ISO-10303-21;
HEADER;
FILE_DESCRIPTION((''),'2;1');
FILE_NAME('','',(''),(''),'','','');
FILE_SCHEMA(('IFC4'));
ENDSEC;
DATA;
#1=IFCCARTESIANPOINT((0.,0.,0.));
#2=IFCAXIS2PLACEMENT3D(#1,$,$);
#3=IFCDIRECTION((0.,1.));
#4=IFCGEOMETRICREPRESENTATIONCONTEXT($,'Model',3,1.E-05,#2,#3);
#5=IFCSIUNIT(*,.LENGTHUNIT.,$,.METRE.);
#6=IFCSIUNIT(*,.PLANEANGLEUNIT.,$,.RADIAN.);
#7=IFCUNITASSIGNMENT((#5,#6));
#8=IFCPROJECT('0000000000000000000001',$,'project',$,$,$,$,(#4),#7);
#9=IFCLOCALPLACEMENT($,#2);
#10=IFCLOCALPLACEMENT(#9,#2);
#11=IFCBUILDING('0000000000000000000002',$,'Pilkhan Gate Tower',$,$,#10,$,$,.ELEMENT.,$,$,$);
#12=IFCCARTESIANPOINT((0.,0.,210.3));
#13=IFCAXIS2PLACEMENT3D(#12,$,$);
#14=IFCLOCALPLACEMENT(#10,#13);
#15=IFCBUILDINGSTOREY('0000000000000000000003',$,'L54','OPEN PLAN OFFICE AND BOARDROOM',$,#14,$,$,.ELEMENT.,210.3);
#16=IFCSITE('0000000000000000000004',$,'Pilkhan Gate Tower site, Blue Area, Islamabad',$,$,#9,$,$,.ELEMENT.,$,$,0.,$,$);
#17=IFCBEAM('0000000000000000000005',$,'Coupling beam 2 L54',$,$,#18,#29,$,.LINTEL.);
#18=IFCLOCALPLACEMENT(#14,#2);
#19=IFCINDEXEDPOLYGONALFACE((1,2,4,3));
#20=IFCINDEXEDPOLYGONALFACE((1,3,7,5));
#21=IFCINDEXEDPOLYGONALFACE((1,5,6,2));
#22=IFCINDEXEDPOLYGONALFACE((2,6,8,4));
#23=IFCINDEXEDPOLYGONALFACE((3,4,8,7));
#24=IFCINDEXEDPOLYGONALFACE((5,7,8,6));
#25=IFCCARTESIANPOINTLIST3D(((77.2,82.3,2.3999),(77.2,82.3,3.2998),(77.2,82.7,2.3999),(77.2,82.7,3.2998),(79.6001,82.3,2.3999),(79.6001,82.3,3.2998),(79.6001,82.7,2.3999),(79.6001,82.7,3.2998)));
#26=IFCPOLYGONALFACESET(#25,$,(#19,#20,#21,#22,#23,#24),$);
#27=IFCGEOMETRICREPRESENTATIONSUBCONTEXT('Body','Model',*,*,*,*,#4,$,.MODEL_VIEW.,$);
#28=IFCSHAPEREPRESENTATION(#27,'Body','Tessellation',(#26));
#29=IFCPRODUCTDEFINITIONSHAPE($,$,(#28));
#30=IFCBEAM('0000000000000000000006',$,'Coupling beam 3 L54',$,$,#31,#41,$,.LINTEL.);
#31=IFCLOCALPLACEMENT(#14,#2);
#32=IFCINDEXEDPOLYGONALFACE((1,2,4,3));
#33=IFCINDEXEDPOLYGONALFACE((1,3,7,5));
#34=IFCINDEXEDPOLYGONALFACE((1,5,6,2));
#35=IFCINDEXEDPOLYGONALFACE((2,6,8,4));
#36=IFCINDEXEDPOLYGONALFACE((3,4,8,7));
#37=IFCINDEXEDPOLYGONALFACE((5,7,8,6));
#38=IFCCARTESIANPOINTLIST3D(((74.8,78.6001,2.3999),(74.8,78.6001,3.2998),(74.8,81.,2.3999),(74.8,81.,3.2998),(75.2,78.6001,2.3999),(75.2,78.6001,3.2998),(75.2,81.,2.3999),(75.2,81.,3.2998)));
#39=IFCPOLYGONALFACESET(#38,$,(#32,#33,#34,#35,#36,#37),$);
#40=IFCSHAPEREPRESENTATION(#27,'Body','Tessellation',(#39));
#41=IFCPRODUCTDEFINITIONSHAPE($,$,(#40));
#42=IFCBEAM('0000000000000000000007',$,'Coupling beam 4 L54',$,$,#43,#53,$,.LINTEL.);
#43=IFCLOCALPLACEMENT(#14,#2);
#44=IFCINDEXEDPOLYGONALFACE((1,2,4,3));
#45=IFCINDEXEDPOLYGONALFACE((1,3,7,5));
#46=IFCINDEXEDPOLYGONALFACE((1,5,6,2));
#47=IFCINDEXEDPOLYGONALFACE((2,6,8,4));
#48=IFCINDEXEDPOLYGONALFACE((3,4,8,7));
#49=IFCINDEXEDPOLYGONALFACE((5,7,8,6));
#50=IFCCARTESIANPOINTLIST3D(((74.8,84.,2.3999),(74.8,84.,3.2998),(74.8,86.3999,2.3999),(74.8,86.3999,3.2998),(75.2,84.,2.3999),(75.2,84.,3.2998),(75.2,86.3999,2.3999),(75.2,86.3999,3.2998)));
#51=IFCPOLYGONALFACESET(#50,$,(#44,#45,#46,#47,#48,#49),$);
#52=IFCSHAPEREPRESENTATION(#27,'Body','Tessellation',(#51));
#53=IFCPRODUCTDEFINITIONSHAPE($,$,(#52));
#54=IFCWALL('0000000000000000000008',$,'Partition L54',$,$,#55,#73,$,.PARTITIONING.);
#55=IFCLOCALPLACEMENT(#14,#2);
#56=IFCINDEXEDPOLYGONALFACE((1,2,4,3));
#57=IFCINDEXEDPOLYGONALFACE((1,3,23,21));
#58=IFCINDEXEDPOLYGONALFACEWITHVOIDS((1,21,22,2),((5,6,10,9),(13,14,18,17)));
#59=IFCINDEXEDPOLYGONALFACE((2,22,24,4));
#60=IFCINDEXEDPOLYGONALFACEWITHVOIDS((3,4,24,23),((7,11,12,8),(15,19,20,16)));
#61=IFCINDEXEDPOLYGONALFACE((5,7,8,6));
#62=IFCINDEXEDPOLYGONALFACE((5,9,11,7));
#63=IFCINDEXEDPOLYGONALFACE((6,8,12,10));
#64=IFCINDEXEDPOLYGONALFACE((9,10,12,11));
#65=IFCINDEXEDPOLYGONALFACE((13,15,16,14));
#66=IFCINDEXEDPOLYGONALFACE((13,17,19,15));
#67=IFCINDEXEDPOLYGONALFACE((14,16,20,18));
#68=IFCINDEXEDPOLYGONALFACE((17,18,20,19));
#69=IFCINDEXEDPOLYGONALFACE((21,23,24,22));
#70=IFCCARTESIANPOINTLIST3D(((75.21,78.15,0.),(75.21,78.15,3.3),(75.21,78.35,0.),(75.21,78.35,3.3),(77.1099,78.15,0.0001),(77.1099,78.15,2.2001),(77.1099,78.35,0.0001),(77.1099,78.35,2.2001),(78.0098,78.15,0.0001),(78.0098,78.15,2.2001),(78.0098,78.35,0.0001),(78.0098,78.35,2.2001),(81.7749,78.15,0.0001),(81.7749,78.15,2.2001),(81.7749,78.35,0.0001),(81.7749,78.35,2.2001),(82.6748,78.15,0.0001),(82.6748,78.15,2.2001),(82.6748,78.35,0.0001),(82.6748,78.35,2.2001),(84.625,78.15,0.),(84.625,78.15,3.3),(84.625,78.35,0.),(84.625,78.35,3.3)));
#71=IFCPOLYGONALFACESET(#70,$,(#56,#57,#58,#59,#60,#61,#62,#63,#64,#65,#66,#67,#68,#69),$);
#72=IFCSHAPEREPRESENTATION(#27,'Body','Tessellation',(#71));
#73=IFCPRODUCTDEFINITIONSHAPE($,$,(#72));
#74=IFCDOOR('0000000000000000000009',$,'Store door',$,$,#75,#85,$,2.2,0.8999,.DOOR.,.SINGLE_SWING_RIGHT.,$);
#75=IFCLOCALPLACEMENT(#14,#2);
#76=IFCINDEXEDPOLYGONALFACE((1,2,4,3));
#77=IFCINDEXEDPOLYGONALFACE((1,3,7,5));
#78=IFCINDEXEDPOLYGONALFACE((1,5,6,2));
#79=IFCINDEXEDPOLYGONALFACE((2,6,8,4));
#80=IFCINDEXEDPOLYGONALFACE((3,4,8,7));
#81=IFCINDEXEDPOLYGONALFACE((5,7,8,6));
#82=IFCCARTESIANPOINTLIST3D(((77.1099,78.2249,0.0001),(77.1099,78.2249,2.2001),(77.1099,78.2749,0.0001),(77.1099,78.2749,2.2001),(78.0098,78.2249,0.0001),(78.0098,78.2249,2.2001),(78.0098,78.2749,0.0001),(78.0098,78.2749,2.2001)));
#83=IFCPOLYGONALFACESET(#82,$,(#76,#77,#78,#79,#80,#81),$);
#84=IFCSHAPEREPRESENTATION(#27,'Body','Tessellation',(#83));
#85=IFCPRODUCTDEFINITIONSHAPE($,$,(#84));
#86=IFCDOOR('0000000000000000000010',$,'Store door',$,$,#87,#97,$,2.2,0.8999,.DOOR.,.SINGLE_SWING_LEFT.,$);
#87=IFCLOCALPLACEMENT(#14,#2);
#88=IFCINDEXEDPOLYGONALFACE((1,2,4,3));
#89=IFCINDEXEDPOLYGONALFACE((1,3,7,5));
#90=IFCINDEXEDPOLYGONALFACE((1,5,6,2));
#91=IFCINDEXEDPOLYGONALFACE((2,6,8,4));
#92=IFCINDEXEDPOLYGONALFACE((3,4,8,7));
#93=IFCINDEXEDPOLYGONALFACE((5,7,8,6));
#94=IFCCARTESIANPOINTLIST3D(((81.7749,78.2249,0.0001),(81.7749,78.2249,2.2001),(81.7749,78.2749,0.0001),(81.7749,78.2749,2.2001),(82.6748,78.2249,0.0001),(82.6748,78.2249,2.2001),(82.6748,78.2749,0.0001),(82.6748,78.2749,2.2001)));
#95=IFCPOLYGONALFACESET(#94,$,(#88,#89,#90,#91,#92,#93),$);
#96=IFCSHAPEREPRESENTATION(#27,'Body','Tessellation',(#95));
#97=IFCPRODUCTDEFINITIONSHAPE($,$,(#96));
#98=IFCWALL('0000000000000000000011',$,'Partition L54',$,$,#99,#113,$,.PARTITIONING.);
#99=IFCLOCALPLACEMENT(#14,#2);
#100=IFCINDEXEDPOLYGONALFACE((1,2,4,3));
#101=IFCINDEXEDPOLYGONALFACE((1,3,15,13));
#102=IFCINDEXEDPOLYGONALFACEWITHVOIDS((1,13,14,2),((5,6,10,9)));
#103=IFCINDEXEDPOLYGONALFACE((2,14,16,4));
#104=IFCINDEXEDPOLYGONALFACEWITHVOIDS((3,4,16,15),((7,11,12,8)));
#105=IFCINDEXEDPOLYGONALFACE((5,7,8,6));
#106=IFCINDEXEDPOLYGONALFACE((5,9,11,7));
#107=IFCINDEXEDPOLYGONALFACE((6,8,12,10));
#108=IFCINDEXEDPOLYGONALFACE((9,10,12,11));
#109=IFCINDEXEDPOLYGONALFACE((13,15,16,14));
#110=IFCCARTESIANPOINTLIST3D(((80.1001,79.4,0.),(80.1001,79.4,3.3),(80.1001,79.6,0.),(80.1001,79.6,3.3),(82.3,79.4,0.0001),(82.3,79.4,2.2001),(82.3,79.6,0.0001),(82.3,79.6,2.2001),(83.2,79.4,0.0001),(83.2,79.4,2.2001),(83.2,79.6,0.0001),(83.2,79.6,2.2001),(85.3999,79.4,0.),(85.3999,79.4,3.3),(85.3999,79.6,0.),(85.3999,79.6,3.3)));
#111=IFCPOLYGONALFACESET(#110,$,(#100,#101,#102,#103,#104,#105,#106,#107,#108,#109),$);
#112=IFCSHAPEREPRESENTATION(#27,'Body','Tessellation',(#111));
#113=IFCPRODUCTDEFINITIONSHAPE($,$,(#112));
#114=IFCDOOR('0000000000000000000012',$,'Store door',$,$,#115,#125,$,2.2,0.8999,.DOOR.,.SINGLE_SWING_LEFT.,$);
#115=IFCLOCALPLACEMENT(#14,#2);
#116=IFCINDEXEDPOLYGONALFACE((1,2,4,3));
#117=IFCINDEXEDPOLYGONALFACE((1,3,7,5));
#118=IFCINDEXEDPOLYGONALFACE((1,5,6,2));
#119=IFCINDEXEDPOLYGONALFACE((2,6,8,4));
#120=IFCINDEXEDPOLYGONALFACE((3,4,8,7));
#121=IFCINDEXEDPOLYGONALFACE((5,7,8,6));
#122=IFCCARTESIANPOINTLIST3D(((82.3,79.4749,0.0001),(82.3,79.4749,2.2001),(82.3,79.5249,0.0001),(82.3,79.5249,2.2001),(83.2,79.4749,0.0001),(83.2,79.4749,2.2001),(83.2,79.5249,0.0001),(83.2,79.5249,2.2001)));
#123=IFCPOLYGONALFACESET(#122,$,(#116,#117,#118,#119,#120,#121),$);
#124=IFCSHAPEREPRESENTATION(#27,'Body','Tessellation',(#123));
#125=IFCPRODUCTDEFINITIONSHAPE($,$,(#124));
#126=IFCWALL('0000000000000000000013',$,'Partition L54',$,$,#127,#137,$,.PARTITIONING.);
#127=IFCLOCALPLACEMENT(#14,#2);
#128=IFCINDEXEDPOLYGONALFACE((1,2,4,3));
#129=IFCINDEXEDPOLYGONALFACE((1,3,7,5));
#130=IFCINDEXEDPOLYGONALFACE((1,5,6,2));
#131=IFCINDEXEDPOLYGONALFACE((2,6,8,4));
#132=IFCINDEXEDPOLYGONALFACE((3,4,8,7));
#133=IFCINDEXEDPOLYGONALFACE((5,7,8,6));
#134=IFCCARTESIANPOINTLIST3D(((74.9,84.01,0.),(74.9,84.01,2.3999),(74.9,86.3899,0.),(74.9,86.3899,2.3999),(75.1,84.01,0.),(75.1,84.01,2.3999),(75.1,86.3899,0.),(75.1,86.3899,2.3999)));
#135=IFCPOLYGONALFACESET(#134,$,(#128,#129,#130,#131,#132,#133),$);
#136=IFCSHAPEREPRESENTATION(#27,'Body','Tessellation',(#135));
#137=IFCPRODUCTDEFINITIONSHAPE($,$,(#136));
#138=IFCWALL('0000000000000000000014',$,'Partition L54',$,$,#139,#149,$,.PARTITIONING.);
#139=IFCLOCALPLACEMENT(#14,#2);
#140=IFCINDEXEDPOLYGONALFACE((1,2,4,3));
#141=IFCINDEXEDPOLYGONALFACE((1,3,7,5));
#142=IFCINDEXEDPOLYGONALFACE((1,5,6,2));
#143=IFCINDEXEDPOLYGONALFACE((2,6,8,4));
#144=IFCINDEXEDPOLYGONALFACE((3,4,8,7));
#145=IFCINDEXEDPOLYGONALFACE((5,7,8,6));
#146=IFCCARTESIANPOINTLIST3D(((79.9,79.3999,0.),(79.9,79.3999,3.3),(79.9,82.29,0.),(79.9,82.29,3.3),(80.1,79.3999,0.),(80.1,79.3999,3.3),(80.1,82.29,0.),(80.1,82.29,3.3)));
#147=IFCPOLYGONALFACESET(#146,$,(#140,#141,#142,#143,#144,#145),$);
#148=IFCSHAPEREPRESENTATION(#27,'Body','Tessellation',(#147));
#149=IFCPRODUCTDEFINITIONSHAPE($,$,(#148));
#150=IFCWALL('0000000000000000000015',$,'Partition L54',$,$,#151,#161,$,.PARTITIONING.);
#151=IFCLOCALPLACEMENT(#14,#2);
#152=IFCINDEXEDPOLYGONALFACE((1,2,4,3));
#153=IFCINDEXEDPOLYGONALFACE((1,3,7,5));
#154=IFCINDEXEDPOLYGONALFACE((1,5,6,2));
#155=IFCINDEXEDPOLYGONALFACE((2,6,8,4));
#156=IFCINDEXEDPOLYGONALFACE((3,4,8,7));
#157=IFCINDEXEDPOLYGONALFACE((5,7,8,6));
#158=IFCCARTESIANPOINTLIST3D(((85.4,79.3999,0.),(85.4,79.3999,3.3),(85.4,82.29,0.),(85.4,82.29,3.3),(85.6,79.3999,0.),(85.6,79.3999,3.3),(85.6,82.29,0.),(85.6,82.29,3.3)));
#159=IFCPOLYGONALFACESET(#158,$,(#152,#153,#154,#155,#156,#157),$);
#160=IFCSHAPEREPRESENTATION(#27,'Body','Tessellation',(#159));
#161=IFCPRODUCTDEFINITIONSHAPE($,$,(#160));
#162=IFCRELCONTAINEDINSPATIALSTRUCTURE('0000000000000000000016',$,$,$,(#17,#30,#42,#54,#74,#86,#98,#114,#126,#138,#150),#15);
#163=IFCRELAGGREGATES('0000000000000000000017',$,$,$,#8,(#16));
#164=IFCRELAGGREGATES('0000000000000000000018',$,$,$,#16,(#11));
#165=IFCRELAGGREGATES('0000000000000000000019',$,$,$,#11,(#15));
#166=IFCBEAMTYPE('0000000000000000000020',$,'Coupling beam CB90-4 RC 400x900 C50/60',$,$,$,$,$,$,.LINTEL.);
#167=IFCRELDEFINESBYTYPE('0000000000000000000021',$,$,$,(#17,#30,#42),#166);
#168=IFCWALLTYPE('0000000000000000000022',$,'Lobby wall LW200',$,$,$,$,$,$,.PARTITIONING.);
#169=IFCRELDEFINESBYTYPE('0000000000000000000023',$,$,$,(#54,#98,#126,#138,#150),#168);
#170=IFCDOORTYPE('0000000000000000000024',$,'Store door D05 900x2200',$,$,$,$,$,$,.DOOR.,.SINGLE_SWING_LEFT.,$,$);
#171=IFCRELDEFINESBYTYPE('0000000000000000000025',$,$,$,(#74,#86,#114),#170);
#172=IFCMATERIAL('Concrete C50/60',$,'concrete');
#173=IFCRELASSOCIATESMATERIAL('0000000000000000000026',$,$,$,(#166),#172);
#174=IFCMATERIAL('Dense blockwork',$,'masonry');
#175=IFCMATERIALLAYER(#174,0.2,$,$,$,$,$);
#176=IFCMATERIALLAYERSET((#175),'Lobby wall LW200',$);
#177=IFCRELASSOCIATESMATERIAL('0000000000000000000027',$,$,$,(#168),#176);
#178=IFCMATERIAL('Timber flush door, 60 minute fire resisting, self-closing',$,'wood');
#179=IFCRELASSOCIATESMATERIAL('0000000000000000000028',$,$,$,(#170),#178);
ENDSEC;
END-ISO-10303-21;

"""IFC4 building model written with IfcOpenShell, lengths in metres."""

from ifc_helpers import new_model, si_unit, direction, frame, frame_2d, origin, origin_2d, place, context, subcontext, project, spatial, rectangle, extrude, material, layer, layer_set, material_profile, profile_set, type_object, element, fill, save


model = new_model("IFC4")

# Units and contexts
model_context = context("Model", 3, precision=1e-05, world=origin(), true_north=direction((0.0, 1.0)))
body_context = subcontext(model_context, "Body", "Model", "MODEL_VIEW")
ifc_project = project(units=[si_unit("LENGTHUNIT", "METRE"), si_unit("PLANEANGLEUNIT", "RADIAN")], contexts=[model_context])

# Site, building, storey
site_placement = place(None, origin())
site = spatial("IfcSite", under=ifc_project, at=site_placement, Name="Pilkhan Gate Tower site, Blue Area, Islamabad", CompositionType="ELEMENT", RefElevation=0.0)
building_placement = place(site_placement, origin())
building = spatial("IfcBuilding", under=site, at=building_placement, Name="Pilkhan Gate Tower", CompositionType="ELEMENT")
storey_placement = place(building_placement, frame((0.0, 0.0, 210.3)))
storey = spatial("IfcBuildingStorey", under=building, at=storey_placement, Name="L54", Description="OPEN PLAN OFFICE AND BOARDROOM", CompositionType="ELEMENT", Elevation=210.3)

# Beams
ifc_material_1 = material(Name="Concrete C50/60", Category="concrete")
ifc_material_profile = material_profile(ifc_material_1, rectangle(XDim=0.3999, YDim=0.8999, at=origin_2d()), Name="RC 400x900")
ifc_profile_set = profile_set([ifc_material_profile], Name="Concrete C50/60")
beam_type = type_object("IfcBeamType", Name="Coupling beam CB90-4 RC 400x900 C50/60", PredefinedType="LINTEL", material=ifc_profile_set)
beam_placement = place(storey_placement, frame((77.2, 82.5, 2.8499), z_axis=(1.0, 0.0, 0.0), x_axis=(0.0, 1.0, 0.0)))
element("IfcBeam", 1, at=beam_placement, inside=storey, type_object=beam_type, Name="Coupling beam 2 L54", PredefinedType="LINTEL", context=body_context, shape_type="SweptSolid", body=[
    extrude(rectangle(XDim=0.3999, YDim=0.8999, at=origin_2d()), origin(), (0.0, 0.0, 1.0), 2.4001),
])
for number, where, z_axis, x_axis, name in (
    (2, (75.0, 78.6001, 2.8499), (0.0, 1.0, 0.0), (-1.0, 0.0, 0.0), "Coupling beam 3 L54"),
    (3, (75.0, 84.0, 2.8499), (0.0, 1.0, 0.0), (-1.0, 0.0, 0.0), "Coupling beam 4 L54"),
):
    element("IfcBeam", number, at=place(storey_placement, frame(where, z_axis=z_axis, x_axis=x_axis)), inside=storey, type_object=beam_type, Name=name, PredefinedType="LINTEL", context=body_context, shape_type="SweptSolid", body=[
        extrude(rectangle(XDim=0.3999, YDim=0.8999, at=origin_2d()), origin(), (0.0, 0.0, 1.0), 2.3999),
    ])

# Wall, openings, doors
ifc_material_2 = material(Name="Dense blockwork", Category="masonry")
ifc_layer_1 = layer(ifc_material_2, 0.2)
ifc_layer_set_1 = layer_set([ifc_layer_1], Name="Lobby wall LW200")
wall_type_1 = type_object("IfcWallType", Name="Lobby wall LW200", PredefinedType="PARTITIONING", material=ifc_layer_set_1)
wall_1_placement = place(storey_placement, frame((75.21, 78.25, 0.0), z_axis=(0.0, 0.0, 1.0), x_axis=(1.0, 0.0, 0.0)))
wall_1 = element("IfcWall", 4, at=wall_1_placement, inside=storey, type_object=wall_type_1, Name="Partition L54", PredefinedType="PARTITIONING", context=body_context, shape_type="SweptSolid", body=[
    extrude(rectangle(XDim=9.415, YDim=0.2, at=frame_2d((4.7075, 0.0))), origin(), (0.0, 0.0, 1.0), 3.3),
])
opening_1_placement = place(wall_1_placement, frame((1.8999, 0.0, 0.0)))
opening_1 = element("IfcOpeningElement", 5, at=opening_1_placement, cuts=wall_1, PredefinedType="OPENING", context=body_context, shape_type="SweptSolid", body=[
    extrude(rectangle(XDim=0.8999, YDim=2.2, at=frame_2d((0.45, 1.1001))), frame((0.0, 0.1099, 0.0), z_axis=(0.0, -1.0, 0.0), x_axis=(1.0, 0.0, 0.0)), (0.0, 0.0, 1.0), 0.22),
])
opening_2_placement = place(wall_1_placement, frame((6.5649, 0.0, 0.0)))
opening_2 = element("IfcOpeningElement", 6, at=opening_2_placement, cuts=wall_1, PredefinedType="OPENING", context=body_context, shape_type="SweptSolid", body=[
    extrude(rectangle(XDim=0.8999, YDim=2.2, at=frame_2d((0.45, 1.1001))), frame((0.0, 0.1099, 0.0), z_axis=(0.0, -1.0, 0.0), x_axis=(1.0, 0.0, 0.0)), (0.0, 0.0, 1.0), 0.22),
])
ifc_material_3 = material(Name="Timber flush door, 60 minute fire resisting, self-closing", Category="wood")
door_type_1 = type_object("IfcDoorType", Name="Store door D05 900x2200", OperationType="SINGLE_SWING_LEFT", PredefinedType="DOOR", material=ifc_material_3)
door_1_placement = place(opening_1_placement, origin())
door_1 = element("IfcDoor", 7, at=door_1_placement, inside=storey, type_object=door_type_1, Name="Store door", OperationType="SINGLE_SWING_RIGHT", OverallHeight=2.2, OverallWidth=0.8999, PredefinedType="DOOR", context=body_context, shape_type="SweptSolid", body=[
    extrude(rectangle(XDim=0.8999, YDim=2.2, at=frame_2d((0.45, 1.1001))), frame((0.0, 0.0249, 0.0), z_axis=(0.0, -1.0, 0.0), x_axis=(1.0, 0.0, 0.0)), (0.0, 0.0, 1.0), 0.05),
])
fill(opening_1, door_1)
door_2_placement = place(opening_2_placement, origin())
door_2 = element("IfcDoor", 8, at=door_2_placement, inside=storey, type_object=door_type_1, Name="Store door", OperationType="SINGLE_SWING_LEFT", OverallHeight=2.2, OverallWidth=0.8999, PredefinedType="DOOR", context=body_context, shape_type="SweptSolid", body=[
    extrude(rectangle(XDim=0.8999, YDim=2.2, at=frame_2d((0.45, 1.1001))), frame((0.0, 0.0249, 0.0), z_axis=(0.0, -1.0, 0.0), x_axis=(1.0, 0.0, 0.0)), (0.0, 0.0, 1.0), 0.05),
])
fill(opening_2, door_2)

# Wall, opening, door
wall_2_placement = place(storey_placement, frame((80.1001, 79.5, 0.0), z_axis=(0.0, 0.0, 1.0), x_axis=(1.0, 0.0, 0.0)))
wall_2 = element("IfcWall", 9, at=wall_2_placement, inside=storey, type_object=wall_type_1, Name="Partition L54", PredefinedType="PARTITIONING", context=body_context, shape_type="SweptSolid", body=[
    extrude(rectangle(XDim=5.2998, YDim=0.2, at=frame_2d((2.6499, 0.0))), origin(), (0.0, 0.0, 1.0), 3.3),
])
opening_3_placement = place(wall_2_placement, frame((2.2, 0.0, 0.0)))
opening_3 = element("IfcOpeningElement", 10, at=opening_3_placement, cuts=wall_2, PredefinedType="OPENING", context=body_context, shape_type="SweptSolid", body=[
    extrude(rectangle(XDim=0.8999, YDim=2.2, at=frame_2d((0.45, 1.1001))), frame((0.0, 0.1099, 0.0), z_axis=(0.0, -1.0, 0.0), x_axis=(1.0, 0.0, 0.0)), (0.0, 0.0, 1.0), 0.22),
])
door_3_placement = place(opening_3_placement, origin())
door_3 = element("IfcDoor", 11, at=door_3_placement, inside=storey, type_object=door_type_1, Name="Store door", OperationType="SINGLE_SWING_LEFT", OverallHeight=2.2, OverallWidth=0.8999, PredefinedType="DOOR", context=body_context, shape_type="SweptSolid", body=[
    extrude(rectangle(XDim=0.8999, YDim=2.2, at=frame_2d((0.45, 1.1001))), frame((0.0, 0.0249, 0.0), z_axis=(0.0, -1.0, 0.0), x_axis=(1.0, 0.0, 0.0)), (0.0, 0.0, 1.0), 0.05),
])
fill(opening_3, door_3)

# Walls
wall_3_placement = place(storey_placement, frame((75.0, 84.01, 0.0), z_axis=(0.0, 0.0, 1.0), x_axis=(0.0, 1.0, 0.0)))
element("IfcWall", 12, at=wall_3_placement, inside=storey, type_object=wall_type_1, Name="Partition L54", PredefinedType="PARTITIONING", context=body_context, shape_type="SweptSolid", body=[
    extrude(rectangle(XDim=2.3799, YDim=0.2, at=frame_2d((1.1899, 0.0))), origin(), (0.0, 0.0, 1.0), 2.3999),
])
for number, where, z_axis, x_axis, name in (
    (13, (80.0, 79.3999, 0.0), (0.0, 0.0, 1.0), (0.0, 1.0, 0.0), "Partition L54"),
    (14, (85.5, 79.3999, 0.0), (0.0, 0.0, 1.0), (0.0, 1.0, 0.0), "Partition L54"),
):
    element("IfcWall", number, at=place(storey_placement, frame(where, z_axis=z_axis, x_axis=x_axis)), inside=storey, type_object=wall_type_1, Name=name, PredefinedType="PARTITIONING", context=body_context, shape_type="SweptSolid", body=[
        extrude(rectangle(XDim=2.8901, YDim=0.2, at=frame_2d((1.4451, 0.0))), origin(), (0.0, 0.0, 1.0), 3.3),
    ])

save(model, "model.ifc")
